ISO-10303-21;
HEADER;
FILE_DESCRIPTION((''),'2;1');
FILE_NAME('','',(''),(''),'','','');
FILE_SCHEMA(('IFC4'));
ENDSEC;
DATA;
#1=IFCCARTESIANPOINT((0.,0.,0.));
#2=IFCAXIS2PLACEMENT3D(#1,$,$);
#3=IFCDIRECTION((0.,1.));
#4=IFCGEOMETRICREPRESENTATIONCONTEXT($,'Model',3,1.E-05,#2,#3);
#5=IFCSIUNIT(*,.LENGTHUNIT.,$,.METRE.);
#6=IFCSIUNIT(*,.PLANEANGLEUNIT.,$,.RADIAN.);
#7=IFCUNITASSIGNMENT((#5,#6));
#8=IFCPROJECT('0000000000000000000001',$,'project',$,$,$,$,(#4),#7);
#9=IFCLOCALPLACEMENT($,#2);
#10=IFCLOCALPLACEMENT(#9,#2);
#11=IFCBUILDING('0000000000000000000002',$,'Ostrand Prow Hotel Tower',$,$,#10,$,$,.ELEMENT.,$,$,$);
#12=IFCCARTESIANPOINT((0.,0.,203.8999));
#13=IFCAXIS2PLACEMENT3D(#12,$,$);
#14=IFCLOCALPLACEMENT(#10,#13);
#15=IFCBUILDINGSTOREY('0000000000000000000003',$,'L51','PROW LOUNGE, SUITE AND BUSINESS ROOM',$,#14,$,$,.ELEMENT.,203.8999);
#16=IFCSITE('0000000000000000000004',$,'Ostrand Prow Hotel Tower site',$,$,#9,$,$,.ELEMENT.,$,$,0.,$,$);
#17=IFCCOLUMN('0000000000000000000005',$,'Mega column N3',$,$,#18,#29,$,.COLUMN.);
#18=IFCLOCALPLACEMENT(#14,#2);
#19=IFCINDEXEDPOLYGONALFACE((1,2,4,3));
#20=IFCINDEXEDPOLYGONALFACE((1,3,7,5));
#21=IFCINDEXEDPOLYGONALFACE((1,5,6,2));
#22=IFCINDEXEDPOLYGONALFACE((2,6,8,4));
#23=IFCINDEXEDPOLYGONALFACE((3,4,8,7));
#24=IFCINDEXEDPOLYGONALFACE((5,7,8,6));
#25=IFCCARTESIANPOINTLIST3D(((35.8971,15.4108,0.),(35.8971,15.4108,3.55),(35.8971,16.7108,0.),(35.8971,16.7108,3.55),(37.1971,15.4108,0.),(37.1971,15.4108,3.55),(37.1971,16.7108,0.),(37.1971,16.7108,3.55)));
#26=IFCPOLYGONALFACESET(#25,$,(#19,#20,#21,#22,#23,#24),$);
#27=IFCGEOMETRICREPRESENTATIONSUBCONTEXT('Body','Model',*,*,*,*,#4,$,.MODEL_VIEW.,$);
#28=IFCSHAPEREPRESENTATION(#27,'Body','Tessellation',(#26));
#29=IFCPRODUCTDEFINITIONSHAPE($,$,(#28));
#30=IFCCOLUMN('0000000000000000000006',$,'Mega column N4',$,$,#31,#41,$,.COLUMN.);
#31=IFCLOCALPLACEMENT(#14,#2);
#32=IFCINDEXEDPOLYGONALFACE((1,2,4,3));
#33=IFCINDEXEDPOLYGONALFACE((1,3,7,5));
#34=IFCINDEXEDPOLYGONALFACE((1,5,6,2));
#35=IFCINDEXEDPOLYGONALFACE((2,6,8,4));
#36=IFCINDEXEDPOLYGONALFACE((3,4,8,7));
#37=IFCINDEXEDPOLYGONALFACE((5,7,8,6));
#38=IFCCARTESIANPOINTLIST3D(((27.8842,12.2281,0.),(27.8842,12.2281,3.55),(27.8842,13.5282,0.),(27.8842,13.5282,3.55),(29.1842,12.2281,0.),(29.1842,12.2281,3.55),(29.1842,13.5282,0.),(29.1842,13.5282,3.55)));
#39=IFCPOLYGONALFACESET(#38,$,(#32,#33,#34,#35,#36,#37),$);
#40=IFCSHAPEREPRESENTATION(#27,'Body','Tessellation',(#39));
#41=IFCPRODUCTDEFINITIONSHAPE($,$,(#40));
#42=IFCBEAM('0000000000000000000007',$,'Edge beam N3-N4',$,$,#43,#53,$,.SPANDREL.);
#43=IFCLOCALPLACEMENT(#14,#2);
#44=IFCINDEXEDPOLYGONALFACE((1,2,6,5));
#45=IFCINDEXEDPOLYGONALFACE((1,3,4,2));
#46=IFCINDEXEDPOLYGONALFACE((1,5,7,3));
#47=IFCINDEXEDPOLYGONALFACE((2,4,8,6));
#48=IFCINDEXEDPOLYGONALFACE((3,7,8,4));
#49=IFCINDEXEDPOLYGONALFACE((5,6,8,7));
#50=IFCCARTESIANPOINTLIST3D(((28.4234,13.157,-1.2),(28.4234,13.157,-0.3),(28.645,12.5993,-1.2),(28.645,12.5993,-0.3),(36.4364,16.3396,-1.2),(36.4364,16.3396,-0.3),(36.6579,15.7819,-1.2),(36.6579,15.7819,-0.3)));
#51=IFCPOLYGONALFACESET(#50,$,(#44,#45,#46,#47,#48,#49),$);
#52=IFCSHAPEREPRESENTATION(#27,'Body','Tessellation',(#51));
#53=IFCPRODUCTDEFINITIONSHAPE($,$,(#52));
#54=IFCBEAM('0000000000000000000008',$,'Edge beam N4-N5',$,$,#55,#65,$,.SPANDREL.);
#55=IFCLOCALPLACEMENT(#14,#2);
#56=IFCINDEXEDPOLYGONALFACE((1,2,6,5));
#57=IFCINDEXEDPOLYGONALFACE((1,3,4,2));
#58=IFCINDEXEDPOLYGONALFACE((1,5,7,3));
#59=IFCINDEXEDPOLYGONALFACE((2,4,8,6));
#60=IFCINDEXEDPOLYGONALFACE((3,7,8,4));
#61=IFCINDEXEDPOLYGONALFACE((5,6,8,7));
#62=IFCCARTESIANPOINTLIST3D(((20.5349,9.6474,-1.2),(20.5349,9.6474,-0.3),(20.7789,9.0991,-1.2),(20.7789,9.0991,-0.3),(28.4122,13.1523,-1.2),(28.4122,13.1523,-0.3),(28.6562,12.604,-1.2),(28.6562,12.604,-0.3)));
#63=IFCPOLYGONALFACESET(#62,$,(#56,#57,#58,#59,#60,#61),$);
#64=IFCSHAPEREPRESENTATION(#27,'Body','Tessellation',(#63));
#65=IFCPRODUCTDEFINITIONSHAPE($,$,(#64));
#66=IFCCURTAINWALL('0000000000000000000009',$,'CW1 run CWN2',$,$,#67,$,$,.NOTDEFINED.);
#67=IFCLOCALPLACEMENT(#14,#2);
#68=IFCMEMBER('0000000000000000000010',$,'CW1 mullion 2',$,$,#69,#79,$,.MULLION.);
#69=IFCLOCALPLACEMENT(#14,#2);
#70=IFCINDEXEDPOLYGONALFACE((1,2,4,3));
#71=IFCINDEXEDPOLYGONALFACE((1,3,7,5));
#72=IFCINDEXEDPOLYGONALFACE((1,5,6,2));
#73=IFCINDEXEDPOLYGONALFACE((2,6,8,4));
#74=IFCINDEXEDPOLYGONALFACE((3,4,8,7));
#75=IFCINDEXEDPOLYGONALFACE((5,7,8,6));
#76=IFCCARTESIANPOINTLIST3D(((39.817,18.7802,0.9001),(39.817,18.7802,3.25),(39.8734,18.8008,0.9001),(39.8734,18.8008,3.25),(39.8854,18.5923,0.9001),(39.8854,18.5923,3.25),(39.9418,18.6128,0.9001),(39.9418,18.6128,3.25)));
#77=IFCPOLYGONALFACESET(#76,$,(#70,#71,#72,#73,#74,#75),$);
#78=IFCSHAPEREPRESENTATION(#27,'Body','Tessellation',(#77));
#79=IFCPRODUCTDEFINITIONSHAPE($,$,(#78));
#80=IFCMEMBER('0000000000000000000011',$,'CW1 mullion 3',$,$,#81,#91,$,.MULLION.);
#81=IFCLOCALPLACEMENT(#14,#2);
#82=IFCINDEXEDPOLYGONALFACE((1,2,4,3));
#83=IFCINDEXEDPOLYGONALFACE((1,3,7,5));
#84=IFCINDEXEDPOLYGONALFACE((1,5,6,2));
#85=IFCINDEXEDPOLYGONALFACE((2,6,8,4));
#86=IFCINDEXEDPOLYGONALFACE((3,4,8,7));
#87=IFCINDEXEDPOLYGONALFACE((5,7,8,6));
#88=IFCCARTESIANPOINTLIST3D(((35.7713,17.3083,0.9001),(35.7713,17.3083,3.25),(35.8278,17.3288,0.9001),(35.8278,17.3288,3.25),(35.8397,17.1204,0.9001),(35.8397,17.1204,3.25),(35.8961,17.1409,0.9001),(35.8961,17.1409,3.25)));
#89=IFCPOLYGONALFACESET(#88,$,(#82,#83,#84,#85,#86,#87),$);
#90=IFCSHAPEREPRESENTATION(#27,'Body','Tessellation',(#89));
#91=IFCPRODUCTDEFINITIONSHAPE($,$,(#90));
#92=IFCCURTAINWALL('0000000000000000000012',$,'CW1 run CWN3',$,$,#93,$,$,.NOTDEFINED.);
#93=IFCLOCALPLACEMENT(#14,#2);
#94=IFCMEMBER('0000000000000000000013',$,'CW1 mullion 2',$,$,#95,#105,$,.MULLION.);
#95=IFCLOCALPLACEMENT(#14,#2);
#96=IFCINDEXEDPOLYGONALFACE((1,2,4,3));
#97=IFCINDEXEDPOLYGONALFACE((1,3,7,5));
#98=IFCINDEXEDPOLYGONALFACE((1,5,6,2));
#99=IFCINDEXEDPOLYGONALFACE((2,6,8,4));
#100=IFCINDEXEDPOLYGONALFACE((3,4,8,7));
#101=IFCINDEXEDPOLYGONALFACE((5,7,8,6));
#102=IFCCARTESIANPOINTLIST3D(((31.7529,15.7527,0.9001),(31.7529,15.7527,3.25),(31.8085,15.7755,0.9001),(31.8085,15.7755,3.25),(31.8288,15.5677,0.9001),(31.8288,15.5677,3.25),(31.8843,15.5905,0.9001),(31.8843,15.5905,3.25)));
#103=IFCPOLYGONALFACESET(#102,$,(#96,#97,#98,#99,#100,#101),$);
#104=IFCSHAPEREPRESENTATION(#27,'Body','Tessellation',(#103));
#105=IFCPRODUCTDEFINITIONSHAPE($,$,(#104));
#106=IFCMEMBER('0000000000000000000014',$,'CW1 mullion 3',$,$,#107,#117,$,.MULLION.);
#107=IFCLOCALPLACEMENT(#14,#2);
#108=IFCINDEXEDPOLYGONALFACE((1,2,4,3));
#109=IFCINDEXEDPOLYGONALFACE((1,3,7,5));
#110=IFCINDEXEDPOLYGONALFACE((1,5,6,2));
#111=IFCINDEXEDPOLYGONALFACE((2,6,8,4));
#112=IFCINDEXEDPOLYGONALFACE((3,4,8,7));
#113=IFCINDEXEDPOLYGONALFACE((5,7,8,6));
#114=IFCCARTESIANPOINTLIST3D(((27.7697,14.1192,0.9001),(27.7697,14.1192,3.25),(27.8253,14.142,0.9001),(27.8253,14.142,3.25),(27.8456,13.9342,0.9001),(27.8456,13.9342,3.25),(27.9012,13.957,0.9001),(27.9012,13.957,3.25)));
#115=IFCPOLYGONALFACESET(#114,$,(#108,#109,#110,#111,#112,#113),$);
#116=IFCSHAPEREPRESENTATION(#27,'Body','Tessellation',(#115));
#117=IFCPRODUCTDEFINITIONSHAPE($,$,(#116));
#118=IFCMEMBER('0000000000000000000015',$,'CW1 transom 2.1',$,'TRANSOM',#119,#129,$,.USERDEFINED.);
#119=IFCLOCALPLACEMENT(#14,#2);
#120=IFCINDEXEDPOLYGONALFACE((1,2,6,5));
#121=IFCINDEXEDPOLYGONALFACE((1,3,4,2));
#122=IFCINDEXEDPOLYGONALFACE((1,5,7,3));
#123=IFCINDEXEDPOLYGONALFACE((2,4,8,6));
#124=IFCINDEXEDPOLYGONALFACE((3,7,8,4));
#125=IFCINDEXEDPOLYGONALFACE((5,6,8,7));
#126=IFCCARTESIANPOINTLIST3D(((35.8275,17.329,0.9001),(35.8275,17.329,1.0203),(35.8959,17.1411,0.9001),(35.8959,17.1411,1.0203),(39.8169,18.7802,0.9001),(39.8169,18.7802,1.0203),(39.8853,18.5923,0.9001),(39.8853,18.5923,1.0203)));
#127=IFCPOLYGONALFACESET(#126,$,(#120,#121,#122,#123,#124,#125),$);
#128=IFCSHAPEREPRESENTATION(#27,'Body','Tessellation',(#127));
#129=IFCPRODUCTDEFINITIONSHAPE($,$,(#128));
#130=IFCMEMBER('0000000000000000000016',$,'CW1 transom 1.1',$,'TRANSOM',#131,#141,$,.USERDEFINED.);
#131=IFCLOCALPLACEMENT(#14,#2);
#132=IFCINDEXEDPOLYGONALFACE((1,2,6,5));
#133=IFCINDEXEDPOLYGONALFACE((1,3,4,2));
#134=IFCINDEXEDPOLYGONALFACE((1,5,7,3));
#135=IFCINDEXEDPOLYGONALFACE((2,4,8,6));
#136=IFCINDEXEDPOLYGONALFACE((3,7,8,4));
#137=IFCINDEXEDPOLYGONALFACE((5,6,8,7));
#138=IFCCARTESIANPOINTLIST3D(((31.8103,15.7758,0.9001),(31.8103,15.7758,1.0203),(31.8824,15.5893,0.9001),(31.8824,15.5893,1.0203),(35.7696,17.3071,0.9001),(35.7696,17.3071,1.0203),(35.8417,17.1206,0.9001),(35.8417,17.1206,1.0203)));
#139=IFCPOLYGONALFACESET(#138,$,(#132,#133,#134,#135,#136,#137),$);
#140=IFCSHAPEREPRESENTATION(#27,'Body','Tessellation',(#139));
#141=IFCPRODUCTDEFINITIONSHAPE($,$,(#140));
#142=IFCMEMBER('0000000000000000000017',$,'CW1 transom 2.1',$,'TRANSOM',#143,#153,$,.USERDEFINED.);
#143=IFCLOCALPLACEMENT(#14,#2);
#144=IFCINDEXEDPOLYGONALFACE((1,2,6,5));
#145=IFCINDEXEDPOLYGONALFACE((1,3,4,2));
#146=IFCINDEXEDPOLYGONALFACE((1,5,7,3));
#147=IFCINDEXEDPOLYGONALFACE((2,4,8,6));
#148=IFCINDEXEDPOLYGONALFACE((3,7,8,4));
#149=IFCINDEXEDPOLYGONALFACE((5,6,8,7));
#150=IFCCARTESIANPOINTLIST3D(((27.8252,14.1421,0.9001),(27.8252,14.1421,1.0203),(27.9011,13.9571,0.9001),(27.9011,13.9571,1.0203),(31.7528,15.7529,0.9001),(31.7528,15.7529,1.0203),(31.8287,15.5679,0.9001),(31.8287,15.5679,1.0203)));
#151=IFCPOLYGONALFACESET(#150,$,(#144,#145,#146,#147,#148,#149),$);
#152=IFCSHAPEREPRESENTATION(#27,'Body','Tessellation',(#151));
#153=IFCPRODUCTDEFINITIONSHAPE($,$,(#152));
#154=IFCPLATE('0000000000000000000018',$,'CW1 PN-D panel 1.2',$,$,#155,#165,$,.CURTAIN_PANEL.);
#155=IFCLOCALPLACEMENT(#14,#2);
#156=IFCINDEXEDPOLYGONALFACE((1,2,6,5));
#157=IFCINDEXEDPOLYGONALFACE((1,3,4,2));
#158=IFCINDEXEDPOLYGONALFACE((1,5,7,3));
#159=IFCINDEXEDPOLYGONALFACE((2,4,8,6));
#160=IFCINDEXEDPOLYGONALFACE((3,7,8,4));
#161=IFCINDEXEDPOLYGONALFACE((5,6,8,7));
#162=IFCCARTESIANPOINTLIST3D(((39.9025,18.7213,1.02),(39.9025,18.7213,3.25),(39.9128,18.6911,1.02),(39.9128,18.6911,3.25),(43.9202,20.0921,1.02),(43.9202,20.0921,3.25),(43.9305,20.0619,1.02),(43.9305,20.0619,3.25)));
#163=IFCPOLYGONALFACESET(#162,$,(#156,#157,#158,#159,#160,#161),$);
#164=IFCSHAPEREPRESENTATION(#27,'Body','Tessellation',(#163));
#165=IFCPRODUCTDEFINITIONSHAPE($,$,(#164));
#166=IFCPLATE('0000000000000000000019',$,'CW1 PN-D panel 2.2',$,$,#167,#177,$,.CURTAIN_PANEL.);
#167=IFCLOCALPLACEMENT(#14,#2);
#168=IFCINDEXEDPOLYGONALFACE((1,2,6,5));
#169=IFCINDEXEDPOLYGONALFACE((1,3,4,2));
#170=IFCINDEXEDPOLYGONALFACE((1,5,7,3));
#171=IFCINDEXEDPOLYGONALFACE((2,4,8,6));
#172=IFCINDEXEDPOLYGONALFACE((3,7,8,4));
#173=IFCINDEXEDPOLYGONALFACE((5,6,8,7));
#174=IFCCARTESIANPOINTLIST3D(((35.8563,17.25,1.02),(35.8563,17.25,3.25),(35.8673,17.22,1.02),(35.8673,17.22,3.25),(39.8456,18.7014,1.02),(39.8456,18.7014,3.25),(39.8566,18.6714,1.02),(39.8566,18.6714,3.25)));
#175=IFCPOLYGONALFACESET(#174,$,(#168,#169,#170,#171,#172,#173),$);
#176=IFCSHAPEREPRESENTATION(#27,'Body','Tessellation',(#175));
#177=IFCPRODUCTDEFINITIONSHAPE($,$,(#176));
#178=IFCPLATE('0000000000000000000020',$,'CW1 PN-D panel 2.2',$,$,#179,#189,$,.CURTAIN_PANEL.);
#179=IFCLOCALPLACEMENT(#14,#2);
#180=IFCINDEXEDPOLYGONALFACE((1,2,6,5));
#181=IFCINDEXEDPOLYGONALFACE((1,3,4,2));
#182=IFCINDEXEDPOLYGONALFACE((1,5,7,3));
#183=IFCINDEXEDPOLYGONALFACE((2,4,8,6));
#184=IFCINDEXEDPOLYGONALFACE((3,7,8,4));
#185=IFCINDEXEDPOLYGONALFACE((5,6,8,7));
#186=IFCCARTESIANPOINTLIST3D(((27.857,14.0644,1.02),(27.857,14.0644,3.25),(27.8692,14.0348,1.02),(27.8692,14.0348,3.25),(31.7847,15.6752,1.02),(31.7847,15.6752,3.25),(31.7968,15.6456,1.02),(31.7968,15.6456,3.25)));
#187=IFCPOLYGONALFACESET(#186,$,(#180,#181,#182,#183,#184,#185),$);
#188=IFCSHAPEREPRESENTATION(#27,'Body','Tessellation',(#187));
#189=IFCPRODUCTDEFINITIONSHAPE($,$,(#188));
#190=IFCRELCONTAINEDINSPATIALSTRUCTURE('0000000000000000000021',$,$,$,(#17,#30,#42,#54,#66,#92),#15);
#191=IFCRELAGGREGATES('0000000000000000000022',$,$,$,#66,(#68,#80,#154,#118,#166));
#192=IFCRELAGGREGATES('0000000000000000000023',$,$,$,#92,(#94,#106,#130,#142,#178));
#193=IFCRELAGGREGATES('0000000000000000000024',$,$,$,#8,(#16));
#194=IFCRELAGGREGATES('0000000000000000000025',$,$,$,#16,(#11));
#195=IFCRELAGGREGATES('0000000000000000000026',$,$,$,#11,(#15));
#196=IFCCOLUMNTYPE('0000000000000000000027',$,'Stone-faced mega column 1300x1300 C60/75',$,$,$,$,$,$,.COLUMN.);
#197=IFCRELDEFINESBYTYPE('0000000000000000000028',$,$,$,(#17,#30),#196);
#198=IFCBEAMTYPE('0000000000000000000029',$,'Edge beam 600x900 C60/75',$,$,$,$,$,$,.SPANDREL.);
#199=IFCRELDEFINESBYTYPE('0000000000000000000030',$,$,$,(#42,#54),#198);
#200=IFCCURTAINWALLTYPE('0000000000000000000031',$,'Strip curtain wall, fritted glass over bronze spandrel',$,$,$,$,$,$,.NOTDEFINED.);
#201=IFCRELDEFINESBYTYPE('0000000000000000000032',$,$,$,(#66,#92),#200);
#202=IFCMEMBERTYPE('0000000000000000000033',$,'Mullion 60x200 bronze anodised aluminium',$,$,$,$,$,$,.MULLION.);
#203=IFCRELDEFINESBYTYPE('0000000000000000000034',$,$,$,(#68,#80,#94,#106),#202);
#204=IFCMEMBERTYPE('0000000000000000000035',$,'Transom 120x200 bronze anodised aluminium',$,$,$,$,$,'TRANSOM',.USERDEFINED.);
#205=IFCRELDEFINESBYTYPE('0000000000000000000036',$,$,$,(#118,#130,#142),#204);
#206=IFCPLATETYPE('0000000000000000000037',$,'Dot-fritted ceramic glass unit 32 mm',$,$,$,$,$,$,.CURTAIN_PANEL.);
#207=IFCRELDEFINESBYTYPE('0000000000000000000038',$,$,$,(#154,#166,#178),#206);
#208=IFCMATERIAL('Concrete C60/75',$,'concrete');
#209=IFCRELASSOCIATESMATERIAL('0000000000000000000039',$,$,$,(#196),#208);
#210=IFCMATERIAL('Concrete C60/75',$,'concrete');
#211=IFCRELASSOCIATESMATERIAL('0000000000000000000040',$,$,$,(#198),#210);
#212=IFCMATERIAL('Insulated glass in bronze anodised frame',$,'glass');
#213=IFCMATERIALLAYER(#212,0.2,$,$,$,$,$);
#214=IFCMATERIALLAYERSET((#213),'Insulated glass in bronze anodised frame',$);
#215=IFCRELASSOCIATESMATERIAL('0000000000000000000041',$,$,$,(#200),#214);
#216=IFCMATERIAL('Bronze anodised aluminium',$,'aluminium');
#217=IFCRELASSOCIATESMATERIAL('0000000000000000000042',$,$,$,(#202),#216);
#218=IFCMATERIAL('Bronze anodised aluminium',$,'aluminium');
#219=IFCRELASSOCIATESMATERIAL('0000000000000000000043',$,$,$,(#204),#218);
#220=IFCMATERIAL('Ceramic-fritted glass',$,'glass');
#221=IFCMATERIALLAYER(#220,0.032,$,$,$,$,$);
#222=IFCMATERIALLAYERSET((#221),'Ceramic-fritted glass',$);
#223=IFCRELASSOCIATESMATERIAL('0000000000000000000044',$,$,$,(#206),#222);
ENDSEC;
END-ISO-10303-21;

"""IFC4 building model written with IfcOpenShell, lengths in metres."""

from ifc_helpers import new_model, si_unit, direction, frame, origin, origin_2d, place, context, subcontext, project, spatial, rectangle, extrude, material, layer, layer_set, material_profile, profile_set, type_object, element, aggregate, save


model = new_model("IFC4")

# Units and contexts
model_context = context("Model", 3, precision=1e-05, world=origin(), true_north=direction((0.0, 1.0)))
body_context = subcontext(model_context, "Body", "Model", "MODEL_VIEW")
ifc_project = project(units=[si_unit("LENGTHUNIT", "METRE"), si_unit("PLANEANGLEUNIT", "RADIAN")], contexts=[model_context])

# Site, building, storey
site_placement = place(None, origin())
site = spatial("IfcSite", under=ifc_project, at=site_placement, Name="Ostrand Prow Hotel Tower site", CompositionType="ELEMENT", RefElevation=0.0)
building_placement = place(site_placement, origin())
building = spatial("IfcBuilding", under=site, at=building_placement, Name="Ostrand Prow Hotel Tower", CompositionType="ELEMENT")
storey_placement = place(building_placement, frame((0.0, 0.0, 203.8999)))
storey = spatial("IfcBuildingStorey", under=building, at=storey_placement, Name="L51", Description="PROW LOUNGE, SUITE AND BUSINESS ROOM", CompositionType="ELEMENT", Elevation=203.8999)

# Columns
ifc_material_1 = material(Name="Concrete C60/75", Category="concrete")
ifc_material_profile_1 = material_profile(ifc_material_1, rectangle(XDim=1.3, YDim=1.3, at=origin_2d()), Name="RC 1300x1300")
ifc_profile_set_1 = profile_set([ifc_material_profile_1], Name="Concrete C60/75")
column_type = type_object("IfcColumnType", Name="Stone-faced mega column 1300x1300 C60/75", PredefinedType="COLUMN", material=ifc_profile_set_1)
for number, where, z_axis, x_axis, name in (
    (1, (36.5471, 16.0608, 0.0), (0.0, 0.0, 1.0), (1.0, 0.0, 0.0), "Mega column N3"),
    (2, (28.5342, 12.8782, 0.0), (0.0, 0.0, 1.0), (1.0, 0.0, 0.0), "Mega column N4"),
):
    element("IfcColumn", number, at=place(storey_placement, frame(where, z_axis=z_axis, x_axis=x_axis)), inside=storey, type_object=column_type, Name=name, PredefinedType="COLUMN", context=body_context, shape_type="SweptSolid", body=[
        extrude(rectangle(XDim=1.3, YDim=1.3, at=origin_2d()), origin(), (0.0, 0.0, 1.0), 3.55),
    ])

# Beams
ifc_material_2 = material(Name="Concrete C60/75", Category="concrete")
ifc_material_profile_2 = material_profile(ifc_material_2, rectangle(XDim=0.6001, YDim=0.8999, at=origin_2d()), Name="RC 600x900")
ifc_profile_set_2 = profile_set([ifc_material_profile_2], Name="Concrete C60/75")
beam_type = type_object("IfcBeamType", Name="Edge beam 600x900 C60/75", PredefinedType="SPANDREL", material=ifc_profile_set_2)
for number, where, z_axis, x_axis, name in (
    (3, (36.5471, 16.0608, -0.75), (-0.929376, -0.369134, 0.0), (0.369134, -0.929376, 0.0), "Edge beam N3-N4"),
    (4, (28.5342, 12.8782, -0.75), (-0.913643, -0.406517, 0.0), (0.406517, -0.913643, 0.0), "Edge beam N4-N5"),
):
    element("IfcBeam", number, at=place(storey_placement, frame(where, z_axis=z_axis, x_axis=x_axis)), inside=storey, type_object=beam_type, Name=name, PredefinedType="SPANDREL", context=body_context, shape_type="SweptSolid", body=[
        extrude(rectangle(XDim=0.6001, YDim=0.8999, at=origin_2d()), origin(), (0.0, 0.0, 1.0), 8.6218),
    ])

# Curtain walls, members
ifc_material_3 = material(Name="Insulated glass in bronze anodised frame", Category="glass")
ifc_layer_1 = layer(ifc_material_3, 0.2)
ifc_layer_set_1 = layer_set([ifc_layer_1], Name="Insulated glass in bronze anodised frame")
curtain_wall_type = type_object("IfcCurtainWallType", Name="Strip curtain wall, fritted glass over bronze spandrel", PredefinedType="NOTDEFINED", material=ifc_layer_set_1)
curtain_wall_1_placement = place(storey_placement, origin())
curtain_wall_1 = element("IfcCurtainWall", 5, at=curtain_wall_1_placement, inside=storey, type_object=curtain_wall_type, Name="CW1 run CWN2", PredefinedType="NOTDEFINED")
ifc_material_4 = material(Name="Bronze anodised aluminium", Category="aluminium")
ifc_material_profile_3 = material_profile(ifc_material_4, rectangle(XDim=0.2, YDim=0.0601, at=origin_2d()), Name="Mullion 60x200 bronze anodised aluminium")
ifc_profile_set_3 = profile_set([ifc_material_profile_3], Name="Bronze anodised aluminium")
member_type_1 = type_object("IfcMemberType", Name="Mullion 60x200 bronze anodised aluminium", PredefinedType="MULLION", material=ifc_profile_set_3)
member_1_placement = place(storey_placement, frame((39.8794, 18.6965, 0.9001), z_axis=(0.0, 0.0, 1.0), x_axis=(0.341897, -0.939737, 0.0)))
member_1 = element("IfcMember", 6, at=member_1_placement, type_object=member_type_1, Name="CW1 mullion 2", PredefinedType="MULLION", context=body_context, shape_type="SweptSolid", body=[
    extrude(rectangle(XDim=0.2, YDim=0.0601, at=origin_2d()), origin(), (0.0, 0.0, 1.0), 2.3499),
])
member_2_placement = place(storey_placement, frame((35.8337, 17.2246, 0.9001), z_axis=(0.0, 0.0, 1.0), x_axis=(0.341897, -0.939737, 0.0)))
member_2 = element("IfcMember", 7, at=member_2_placement, type_object=member_type_1, Name="CW1 mullion 3", PredefinedType="MULLION", context=body_context, shape_type="SweptSolid", body=[
    extrude(rectangle(XDim=0.2, YDim=0.0601, at=origin_2d()), origin(), (0.0, 0.0, 1.0), 2.3499),
])
curtain_wall_2_placement = place(storey_placement, origin())
curtain_wall_2 = element("IfcCurtainWall", 8, at=curtain_wall_2_placement, inside=storey, type_object=curtain_wall_type, Name="CW1 run CWN3", PredefinedType="NOTDEFINED")
member_3_placement = place(storey_placement, frame((31.8186, 15.6716, 0.9001), z_axis=(0.0, 0.0, 1.0), x_axis=(0.379453, -0.925211, 0.0)))
member_3 = element("IfcMember", 9, at=member_3_placement, type_object=member_type_1, Name="CW1 mullion 2", PredefinedType="MULLION", context=body_context, shape_type="SweptSolid", body=[
    extrude(rectangle(XDim=0.2, YDim=0.0601, at=origin_2d()), origin(), (0.0, 0.0, 1.0), 2.3499),
])
member_4_placement = place(storey_placement, frame((27.8354, 14.0381, 0.9001), z_axis=(0.0, 0.0, 1.0), x_axis=(0.379453, -0.925211, 0.0)))
member_4 = element("IfcMember", 10, at=member_4_placement, type_object=member_type_1, Name="CW1 mullion 3", PredefinedType="MULLION", context=body_context, shape_type="SweptSolid", body=[
    extrude(rectangle(XDim=0.2, YDim=0.0601, at=origin_2d()), origin(), (0.0, 0.0, 1.0), 2.3499),
])

# Members
ifc_material_5 = material(Name="Bronze anodised aluminium", Category="aluminium")
ifc_material_profile_4 = material_profile(ifc_material_5, rectangle(XDim=0.2, YDim=0.1201, at=origin_2d()), Name="Transom 120x200 bronze anodised aluminium")
ifc_profile_set_4 = profile_set([ifc_material_profile_4], Name="Bronze anodised aluminium")
member_type_2 = type_object("IfcMemberType", Name="Transom 120x200 bronze anodised aluminium", ElementType="TRANSOM", PredefinedType="USERDEFINED", material=ifc_profile_set_4)
member_5_placement = place(storey_placement, frame((39.8511, 18.6863, 0.9602), z_axis=(-0.939753, -0.341854, 0.0), x_axis=(0.341854, -0.939753, 0.0)))
member_5 = element("IfcMember", 11, at=member_5_placement, type_object=member_type_2, Name="CW1 transom 2.1", ObjectType="TRANSOM", PredefinedType="USERDEFINED", context=body_context, shape_type="SweptSolid", body=[
    extrude(rectangle(XDim=0.2, YDim=0.1201, at=origin_2d()), origin(), (0.0, 0.0, 1.0), 4.2451),
])
member_6_placement = place(storey_placement, frame((35.8057, 17.2139, 0.9602), z_axis=(-0.932675, -0.360717, 0.0), x_axis=(0.360717, -0.932675, 0.0)))
member_6 = element("IfcMember", 12, at=member_6_placement, type_object=member_type_2, Name="CW1 transom 1.1", ObjectType="TRANSOM", PredefinedType="USERDEFINED", context=body_context, shape_type="SweptSolid", body=[
    extrude(rectangle(XDim=0.2, YDim=0.1201, at=origin_2d()), origin(), (0.0, 0.0, 1.0), 4.2451),
])
member_7_placement = place(storey_placement, frame((31.7908, 15.6604, 0.9602), z_axis=(-0.925213, -0.379448, 0.0), x_axis=(0.379448, -0.925213, 0.0)))
member_7 = element("IfcMember", 13, at=member_7_placement, type_object=member_type_2, Name="CW1 transom 2.1", ObjectType="TRANSOM", PredefinedType="USERDEFINED", context=body_context, shape_type="SweptSolid", body=[
    extrude(rectangle(XDim=0.2, YDim=0.1201, at=origin_2d()), origin(), (0.0, 0.0, 1.0), 4.2451),
])

# Plates
ifc_material_6 = material(Name="Ceramic-fritted glass", Category="glass")
ifc_layer_2 = layer(ifc_material_6, 0.032)
ifc_layer_set_2 = layer_set([ifc_layer_2], Name="Ceramic-fritted glass")
plate_type_1 = type_object("IfcPlateType", Name="Dot-fritted ceramic glass unit 32 mm", PredefinedType="CURTAIN_PANEL", material=ifc_layer_set_2)
plate_1_placement = place(storey_placement, frame((41.9165, 19.3916, 1.02), z_axis=(0.0, 0.0, 1.0), x_axis=(-0.94643, -0.322908, 0.0)))
plate_1 = element("IfcPlate", 14, at=plate_1_placement, type_object=plate_type_1, Name="CW1 PN-D panel 1.2", PredefinedType="CURTAIN_PANEL", context=body_context, shape_type="SweptSolid", body=[
    extrude(rectangle(XDim=4.2451, YDim=0.032, at=origin_2d()), origin(), (0.0, 0.0, 1.0), 2.23),
])
plate_2_placement = place(storey_placement, frame((37.8564, 17.9607, 1.02), z_axis=(0.0, 0.0, 1.0), x_axis=(-0.939737, -0.341897, 0.0)))
plate_2 = element("IfcPlate", 15, at=plate_2_placement, type_object=plate_type_1, Name="CW1 PN-D panel 2.2", PredefinedType="CURTAIN_PANEL", context=body_context, shape_type="SweptSolid", body=[
    extrude(rectangle(XDim=4.2451, YDim=0.032, at=origin_2d()), origin(), (0.0, 0.0, 1.0), 2.23),
])
aggregate(curtain_wall_1, [member_1, member_2, plate_1, member_5, plate_2])
plate_3_placement = place(storey_placement, frame((29.8269, 14.855, 1.02), z_axis=(0.0, 0.0, 1.0), x_axis=(-0.925211, -0.379453, 0.0)))
plate_3 = element("IfcPlate", 16, at=plate_3_placement, type_object=plate_type_1, Name="CW1 PN-D panel 2.2", PredefinedType="CURTAIN_PANEL", context=body_context, shape_type="SweptSolid", body=[
    extrude(rectangle(XDim=4.2451, YDim=0.032, at=origin_2d()), origin(), (0.0, 0.0, 1.0), 2.23),
])
aggregate(curtain_wall_2, [member_3, member_4, member_6, member_7, plate_3])

save(model, "model.ifc")
